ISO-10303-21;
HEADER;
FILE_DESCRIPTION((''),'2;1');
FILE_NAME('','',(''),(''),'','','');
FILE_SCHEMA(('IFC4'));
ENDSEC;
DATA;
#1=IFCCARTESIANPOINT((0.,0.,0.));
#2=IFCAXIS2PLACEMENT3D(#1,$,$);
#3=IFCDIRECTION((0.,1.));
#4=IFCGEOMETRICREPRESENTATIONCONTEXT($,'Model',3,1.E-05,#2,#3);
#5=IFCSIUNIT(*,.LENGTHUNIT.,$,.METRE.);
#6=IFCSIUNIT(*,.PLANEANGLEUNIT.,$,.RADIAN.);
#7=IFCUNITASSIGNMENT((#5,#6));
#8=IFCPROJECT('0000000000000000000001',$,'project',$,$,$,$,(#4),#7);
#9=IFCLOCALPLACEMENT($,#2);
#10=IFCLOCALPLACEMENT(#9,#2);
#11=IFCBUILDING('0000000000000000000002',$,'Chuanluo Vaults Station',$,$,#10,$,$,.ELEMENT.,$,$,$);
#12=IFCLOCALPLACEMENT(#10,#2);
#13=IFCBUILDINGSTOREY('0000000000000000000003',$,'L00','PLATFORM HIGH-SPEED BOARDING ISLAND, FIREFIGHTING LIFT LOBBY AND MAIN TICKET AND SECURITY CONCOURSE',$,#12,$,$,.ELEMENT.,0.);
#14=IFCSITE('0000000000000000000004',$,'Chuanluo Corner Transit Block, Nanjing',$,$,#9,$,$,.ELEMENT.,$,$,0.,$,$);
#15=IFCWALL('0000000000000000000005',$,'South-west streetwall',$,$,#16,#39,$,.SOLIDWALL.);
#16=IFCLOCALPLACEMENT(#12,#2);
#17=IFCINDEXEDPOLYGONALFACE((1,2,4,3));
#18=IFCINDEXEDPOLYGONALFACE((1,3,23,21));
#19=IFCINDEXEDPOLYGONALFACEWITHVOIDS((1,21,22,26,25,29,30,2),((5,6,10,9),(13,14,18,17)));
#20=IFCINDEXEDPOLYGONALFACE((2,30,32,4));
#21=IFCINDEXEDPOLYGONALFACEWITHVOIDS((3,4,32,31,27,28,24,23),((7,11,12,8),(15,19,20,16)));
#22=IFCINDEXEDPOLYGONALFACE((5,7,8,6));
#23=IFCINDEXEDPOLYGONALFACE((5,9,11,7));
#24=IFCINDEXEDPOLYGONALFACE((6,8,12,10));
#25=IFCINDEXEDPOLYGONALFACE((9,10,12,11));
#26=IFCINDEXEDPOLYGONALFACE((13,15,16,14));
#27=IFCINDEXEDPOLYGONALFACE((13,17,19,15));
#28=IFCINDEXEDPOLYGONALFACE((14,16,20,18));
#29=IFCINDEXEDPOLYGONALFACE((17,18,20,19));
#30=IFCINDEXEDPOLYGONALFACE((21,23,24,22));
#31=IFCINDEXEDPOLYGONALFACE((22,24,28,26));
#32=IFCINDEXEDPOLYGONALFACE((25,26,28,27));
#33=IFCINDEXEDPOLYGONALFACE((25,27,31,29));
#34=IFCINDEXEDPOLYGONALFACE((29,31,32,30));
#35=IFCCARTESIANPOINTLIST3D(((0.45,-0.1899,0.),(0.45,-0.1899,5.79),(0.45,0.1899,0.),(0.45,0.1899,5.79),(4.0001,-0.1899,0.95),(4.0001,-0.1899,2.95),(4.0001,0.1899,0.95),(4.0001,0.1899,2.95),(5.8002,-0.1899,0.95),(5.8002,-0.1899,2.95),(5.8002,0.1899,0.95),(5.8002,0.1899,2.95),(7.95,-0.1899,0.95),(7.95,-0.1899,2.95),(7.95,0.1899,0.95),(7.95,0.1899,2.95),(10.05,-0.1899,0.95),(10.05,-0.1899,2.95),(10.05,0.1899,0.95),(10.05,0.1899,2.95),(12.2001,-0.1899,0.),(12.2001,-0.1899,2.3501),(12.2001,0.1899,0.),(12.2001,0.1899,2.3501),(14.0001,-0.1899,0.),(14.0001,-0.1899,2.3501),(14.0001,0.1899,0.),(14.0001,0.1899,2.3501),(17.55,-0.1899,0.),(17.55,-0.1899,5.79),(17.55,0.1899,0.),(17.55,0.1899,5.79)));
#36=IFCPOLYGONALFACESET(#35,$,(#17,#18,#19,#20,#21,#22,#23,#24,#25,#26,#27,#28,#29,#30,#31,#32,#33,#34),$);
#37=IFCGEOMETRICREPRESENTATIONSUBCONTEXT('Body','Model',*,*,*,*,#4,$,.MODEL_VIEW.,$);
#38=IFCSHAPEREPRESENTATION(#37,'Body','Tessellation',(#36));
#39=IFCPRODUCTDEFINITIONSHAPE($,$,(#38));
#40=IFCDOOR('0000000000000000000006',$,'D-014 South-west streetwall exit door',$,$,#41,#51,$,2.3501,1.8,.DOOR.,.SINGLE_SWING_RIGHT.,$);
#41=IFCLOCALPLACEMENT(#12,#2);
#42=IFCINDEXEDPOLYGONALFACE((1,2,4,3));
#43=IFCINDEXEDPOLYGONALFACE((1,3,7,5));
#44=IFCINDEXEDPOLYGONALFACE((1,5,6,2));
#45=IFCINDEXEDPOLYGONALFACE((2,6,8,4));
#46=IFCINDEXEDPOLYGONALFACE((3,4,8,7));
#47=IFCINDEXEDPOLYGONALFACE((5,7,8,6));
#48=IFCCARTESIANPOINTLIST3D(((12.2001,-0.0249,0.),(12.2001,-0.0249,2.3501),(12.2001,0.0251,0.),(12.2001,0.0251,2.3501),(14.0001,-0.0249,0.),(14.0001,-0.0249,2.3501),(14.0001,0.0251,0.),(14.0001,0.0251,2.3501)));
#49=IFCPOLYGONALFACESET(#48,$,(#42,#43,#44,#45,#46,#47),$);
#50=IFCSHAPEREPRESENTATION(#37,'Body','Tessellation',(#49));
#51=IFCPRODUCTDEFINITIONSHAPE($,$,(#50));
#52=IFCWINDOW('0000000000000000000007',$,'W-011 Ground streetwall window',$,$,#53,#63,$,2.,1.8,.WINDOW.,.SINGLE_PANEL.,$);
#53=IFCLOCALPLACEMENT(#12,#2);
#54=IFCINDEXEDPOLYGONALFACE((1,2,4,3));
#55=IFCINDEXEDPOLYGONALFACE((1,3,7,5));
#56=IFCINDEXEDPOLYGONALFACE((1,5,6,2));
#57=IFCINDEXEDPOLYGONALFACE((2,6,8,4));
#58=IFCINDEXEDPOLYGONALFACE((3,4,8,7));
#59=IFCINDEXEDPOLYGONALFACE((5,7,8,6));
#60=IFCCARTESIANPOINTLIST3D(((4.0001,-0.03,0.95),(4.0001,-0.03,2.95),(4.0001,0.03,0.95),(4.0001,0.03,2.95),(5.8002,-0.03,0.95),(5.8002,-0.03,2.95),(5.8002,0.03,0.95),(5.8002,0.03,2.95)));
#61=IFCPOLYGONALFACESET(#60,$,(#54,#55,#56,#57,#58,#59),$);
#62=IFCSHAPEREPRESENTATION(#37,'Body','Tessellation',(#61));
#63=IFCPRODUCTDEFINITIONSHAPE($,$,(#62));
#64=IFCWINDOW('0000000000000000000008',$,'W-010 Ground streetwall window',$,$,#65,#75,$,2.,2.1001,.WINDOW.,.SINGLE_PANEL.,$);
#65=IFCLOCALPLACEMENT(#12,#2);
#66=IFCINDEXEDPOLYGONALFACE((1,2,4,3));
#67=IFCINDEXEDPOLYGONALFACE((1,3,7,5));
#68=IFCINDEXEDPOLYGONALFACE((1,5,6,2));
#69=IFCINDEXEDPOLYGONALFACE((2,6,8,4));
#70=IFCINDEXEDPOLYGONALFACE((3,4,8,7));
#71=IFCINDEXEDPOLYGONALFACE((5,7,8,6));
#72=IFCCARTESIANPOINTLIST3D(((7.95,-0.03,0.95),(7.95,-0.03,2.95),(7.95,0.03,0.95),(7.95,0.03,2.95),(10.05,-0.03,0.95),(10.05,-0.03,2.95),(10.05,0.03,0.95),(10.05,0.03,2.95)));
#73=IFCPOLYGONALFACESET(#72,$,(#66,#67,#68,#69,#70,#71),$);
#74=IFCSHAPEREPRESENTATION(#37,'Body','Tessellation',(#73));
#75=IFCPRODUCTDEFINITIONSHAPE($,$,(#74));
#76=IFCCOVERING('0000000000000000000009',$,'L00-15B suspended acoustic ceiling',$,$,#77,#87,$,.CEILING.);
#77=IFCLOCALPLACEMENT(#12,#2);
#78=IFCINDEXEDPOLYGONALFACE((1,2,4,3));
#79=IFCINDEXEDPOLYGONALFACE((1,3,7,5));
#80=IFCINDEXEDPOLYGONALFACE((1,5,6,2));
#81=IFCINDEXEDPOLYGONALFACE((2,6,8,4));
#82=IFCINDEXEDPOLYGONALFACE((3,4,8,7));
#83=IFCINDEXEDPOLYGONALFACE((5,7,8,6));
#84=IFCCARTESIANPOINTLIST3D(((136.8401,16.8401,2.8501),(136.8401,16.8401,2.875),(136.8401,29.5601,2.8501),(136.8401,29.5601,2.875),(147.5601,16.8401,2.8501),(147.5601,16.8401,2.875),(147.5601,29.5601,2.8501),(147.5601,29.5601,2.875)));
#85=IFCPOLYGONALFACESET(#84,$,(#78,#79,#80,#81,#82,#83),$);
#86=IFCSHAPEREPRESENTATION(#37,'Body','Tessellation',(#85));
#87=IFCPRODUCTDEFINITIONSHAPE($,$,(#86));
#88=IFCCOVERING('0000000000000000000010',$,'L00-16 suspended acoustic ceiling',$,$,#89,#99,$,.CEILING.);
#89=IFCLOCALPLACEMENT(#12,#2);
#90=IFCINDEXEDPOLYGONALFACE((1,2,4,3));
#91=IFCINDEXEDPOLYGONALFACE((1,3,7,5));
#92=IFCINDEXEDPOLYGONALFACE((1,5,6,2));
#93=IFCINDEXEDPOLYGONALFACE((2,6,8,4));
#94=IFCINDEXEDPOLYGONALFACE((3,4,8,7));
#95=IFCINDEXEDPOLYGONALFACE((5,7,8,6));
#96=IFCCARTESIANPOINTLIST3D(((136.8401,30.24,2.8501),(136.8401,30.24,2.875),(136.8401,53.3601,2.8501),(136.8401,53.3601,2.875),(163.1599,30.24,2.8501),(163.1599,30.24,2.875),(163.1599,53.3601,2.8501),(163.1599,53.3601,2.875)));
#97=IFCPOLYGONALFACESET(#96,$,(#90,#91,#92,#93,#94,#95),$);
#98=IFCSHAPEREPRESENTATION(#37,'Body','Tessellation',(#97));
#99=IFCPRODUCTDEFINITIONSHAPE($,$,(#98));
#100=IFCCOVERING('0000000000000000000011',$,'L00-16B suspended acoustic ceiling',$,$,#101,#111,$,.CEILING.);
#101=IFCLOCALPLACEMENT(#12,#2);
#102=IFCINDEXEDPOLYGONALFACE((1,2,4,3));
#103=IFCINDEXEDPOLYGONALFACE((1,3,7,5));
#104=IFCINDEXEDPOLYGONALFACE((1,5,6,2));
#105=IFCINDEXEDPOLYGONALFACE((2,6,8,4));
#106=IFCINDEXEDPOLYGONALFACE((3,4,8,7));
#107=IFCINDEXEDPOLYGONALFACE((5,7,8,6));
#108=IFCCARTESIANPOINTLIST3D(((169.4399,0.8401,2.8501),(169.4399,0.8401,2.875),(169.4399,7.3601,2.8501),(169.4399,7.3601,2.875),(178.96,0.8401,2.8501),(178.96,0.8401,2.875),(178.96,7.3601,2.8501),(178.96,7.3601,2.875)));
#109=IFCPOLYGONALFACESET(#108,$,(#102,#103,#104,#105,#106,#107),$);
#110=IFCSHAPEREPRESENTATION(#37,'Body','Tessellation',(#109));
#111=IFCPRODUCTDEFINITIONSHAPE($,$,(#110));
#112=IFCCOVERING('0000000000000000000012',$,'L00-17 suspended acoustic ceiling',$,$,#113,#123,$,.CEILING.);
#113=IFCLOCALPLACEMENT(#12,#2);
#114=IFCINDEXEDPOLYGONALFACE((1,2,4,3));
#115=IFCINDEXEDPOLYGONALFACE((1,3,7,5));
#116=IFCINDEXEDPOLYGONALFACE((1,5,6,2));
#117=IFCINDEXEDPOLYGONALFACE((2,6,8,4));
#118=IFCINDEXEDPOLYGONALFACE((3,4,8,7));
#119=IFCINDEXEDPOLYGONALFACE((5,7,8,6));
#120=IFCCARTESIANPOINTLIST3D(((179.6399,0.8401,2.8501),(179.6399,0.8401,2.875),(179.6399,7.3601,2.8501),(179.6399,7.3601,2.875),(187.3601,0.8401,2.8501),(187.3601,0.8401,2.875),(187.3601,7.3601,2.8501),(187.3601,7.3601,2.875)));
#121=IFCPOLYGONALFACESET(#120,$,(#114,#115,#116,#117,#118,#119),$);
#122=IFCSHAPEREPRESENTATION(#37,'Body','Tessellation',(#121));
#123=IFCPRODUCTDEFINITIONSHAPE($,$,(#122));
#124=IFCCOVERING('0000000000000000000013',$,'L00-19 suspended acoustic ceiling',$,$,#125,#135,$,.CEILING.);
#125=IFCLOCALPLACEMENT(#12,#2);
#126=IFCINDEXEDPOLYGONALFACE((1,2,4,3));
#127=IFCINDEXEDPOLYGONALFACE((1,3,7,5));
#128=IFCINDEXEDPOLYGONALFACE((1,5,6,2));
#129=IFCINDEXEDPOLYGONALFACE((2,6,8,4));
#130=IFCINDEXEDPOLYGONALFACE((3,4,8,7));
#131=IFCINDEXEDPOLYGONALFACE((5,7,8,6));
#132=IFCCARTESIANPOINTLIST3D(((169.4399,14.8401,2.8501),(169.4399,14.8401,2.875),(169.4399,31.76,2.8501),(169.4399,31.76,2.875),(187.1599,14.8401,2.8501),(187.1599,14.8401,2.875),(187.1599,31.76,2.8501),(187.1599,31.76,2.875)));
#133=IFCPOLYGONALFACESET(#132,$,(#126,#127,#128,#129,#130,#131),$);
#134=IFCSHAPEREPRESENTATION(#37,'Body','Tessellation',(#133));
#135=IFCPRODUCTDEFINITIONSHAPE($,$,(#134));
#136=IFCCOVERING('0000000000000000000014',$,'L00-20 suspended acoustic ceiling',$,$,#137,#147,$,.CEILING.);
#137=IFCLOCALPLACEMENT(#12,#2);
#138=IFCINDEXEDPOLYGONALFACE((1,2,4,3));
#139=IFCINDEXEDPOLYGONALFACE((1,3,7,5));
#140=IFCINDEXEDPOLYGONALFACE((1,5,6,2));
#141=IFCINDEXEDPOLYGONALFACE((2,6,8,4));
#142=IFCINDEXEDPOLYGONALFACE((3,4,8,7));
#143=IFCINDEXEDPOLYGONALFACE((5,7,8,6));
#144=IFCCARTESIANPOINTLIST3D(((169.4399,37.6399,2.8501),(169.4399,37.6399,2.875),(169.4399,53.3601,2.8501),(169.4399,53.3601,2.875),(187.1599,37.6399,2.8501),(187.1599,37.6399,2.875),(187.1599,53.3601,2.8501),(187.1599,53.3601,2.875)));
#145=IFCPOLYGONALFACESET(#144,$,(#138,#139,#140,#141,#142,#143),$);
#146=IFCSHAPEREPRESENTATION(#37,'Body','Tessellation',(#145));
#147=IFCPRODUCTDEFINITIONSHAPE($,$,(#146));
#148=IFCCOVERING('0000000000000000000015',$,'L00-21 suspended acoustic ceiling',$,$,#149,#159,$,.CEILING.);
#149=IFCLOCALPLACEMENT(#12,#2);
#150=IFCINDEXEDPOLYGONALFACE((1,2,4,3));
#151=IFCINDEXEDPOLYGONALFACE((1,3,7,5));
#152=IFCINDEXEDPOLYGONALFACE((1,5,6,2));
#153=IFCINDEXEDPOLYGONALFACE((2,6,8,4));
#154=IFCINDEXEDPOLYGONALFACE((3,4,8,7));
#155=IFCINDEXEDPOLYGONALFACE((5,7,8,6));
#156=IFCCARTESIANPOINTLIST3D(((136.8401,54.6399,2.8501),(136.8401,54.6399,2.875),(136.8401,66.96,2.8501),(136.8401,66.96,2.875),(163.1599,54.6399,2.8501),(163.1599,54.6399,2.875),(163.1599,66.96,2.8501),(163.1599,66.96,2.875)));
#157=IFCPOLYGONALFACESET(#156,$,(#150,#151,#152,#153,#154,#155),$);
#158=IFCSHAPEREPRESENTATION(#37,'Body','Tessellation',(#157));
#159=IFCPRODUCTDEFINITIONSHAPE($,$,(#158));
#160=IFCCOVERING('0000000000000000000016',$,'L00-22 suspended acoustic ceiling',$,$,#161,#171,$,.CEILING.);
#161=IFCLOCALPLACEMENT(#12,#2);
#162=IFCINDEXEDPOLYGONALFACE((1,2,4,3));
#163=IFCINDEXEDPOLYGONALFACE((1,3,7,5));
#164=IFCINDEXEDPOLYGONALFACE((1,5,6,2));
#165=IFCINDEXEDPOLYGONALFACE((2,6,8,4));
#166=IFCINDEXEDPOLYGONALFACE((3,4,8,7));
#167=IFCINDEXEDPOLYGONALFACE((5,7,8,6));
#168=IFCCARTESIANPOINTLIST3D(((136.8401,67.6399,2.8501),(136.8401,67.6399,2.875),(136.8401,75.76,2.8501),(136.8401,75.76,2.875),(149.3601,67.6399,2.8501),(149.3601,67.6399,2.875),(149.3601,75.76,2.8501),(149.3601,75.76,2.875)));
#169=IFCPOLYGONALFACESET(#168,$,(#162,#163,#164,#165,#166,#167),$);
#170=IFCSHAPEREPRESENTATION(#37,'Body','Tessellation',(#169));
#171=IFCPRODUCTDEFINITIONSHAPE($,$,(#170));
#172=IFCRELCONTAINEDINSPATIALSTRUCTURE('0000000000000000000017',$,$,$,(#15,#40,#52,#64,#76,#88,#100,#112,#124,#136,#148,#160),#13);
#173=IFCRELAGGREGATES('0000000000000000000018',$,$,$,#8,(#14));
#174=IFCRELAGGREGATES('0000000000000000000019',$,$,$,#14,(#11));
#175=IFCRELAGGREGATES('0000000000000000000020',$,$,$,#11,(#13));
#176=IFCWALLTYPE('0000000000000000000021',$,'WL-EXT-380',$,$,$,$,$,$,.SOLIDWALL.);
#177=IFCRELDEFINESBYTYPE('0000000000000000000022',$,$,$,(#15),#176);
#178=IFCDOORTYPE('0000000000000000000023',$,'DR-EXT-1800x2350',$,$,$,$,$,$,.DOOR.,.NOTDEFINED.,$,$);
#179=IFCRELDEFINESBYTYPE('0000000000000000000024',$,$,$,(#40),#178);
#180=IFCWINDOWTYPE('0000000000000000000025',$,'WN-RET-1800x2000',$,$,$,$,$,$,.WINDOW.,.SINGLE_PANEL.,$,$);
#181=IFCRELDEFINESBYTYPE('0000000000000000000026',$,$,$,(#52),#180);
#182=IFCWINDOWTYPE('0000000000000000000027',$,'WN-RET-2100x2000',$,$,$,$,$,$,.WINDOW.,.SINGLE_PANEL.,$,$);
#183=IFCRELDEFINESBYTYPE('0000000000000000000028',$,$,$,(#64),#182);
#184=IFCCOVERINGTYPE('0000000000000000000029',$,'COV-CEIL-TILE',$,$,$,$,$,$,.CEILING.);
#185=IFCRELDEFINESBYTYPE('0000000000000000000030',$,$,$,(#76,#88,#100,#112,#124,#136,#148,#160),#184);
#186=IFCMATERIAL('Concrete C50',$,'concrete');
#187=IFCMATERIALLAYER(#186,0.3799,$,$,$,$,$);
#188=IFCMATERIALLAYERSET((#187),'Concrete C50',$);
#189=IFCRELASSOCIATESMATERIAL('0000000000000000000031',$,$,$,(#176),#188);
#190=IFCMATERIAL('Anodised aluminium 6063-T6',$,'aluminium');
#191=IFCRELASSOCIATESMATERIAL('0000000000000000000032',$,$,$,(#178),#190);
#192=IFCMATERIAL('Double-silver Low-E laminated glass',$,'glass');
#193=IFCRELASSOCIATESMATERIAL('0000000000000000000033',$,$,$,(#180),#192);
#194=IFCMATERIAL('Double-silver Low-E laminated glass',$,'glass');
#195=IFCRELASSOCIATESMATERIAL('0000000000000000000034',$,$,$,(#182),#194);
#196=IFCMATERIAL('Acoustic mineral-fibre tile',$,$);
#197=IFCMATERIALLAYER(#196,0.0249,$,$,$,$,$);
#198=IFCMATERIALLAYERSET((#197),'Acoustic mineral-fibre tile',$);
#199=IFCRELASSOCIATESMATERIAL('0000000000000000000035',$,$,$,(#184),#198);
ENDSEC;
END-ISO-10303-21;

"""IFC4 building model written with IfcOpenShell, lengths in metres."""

from ifc_helpers import new_model, si_unit, direction, frame, frame_2d, origin, place, context, subcontext, project, spatial, polyline, rectangle, outline, extrude, material, layer, layer_set, type_object, element, fill, save


model = new_model("IFC4")

# Units and contexts
model_context = context("Model", 3, precision=1e-05, world=origin(), true_north=direction((0.0, 1.0)))
body_context = subcontext(model_context, "Body", "Model", "MODEL_VIEW")
ifc_project = project(units=[si_unit("LENGTHUNIT", "METRE"), si_unit("PLANEANGLEUNIT", "RADIAN")], contexts=[model_context])

# Site, building, storey
site_placement = place(None, origin())
site = spatial("IfcSite", under=ifc_project, at=site_placement, Name="Chuanluo Corner Transit Block, Nanjing", CompositionType="ELEMENT", RefElevation=0.0)
building_placement = place(site_placement, origin())
building = spatial("IfcBuilding", under=site, at=building_placement, Name="Chuanluo Vaults Station", CompositionType="ELEMENT")
storey_placement = place(building_placement, origin())
storey = spatial("IfcBuildingStorey", under=building, at=storey_placement, Name="L00", Description="PLATFORM HIGH-SPEED BOARDING ISLAND, FIREFIGHTING LIFT LOBBY AND MAIN TICKET AND SECURITY CONCOURSE", CompositionType="ELEMENT", Elevation=0.0)

# Wall, openings, door, windows
ifc_material_1 = material(Name="Concrete C50", Category="concrete")
ifc_layer_1 = layer(ifc_material_1, 0.3799)
ifc_layer_set_1 = layer_set([ifc_layer_1], Name="Concrete C50")
wall_type = type_object("IfcWallType", Name="WL-EXT-380", PredefinedType="SOLIDWALL", material=ifc_layer_set_1)
wall_placement = place(storey_placement, frame((17.55, 0.0, 0.0), z_axis=(0.0, 0.0, 1.0), x_axis=(-1.0, 0.0, 0.0)))
wall = element("IfcWall", 1, at=wall_placement, inside=storey, type_object=wall_type, Name="South-west streetwall", PredefinedType="SOLIDWALL", context=body_context, shape_type="SweptSolid", body=[
    extrude(rectangle(XDim=17.1001, YDim=0.3799, at=frame_2d((8.55, 0.0))), origin(), (0.0, 0.0, 1.0), 5.79),
])
opening_1_placement = place(wall_placement, frame((3.55, 0.0, 0.0)))
opening_1 = element("IfcOpeningElement", 2, at=opening_1_placement, cuts=wall, PredefinedType="OPENING", context=body_context, shape_type="SweptSolid", body=[
    extrude(rectangle(XDim=1.8, YDim=2.3501, at=frame_2d((0.8999, 1.175))), frame((0.0, 0.1999, 0.0), z_axis=(0.0, -1.0, 0.0), x_axis=(1.0, 0.0, 0.0)), (0.0, 0.0, 1.0), 0.3999),
])
opening_2_placement = place(wall_placement, frame((7.5, 0.0, 0.95)))
opening_2 = element("IfcOpeningElement", 3, at=opening_2_placement, cuts=wall, PredefinedType="OPENING", context=body_context, shape_type="SweptSolid", body=[
    extrude(rectangle(XDim=2.1001, YDim=2.0, at=frame_2d((1.05, 1.0))), frame((0.0, 0.1999, 0.0), z_axis=(0.0, -1.0, 0.0), x_axis=(1.0, 0.0, 0.0)), (0.0, 0.0, 1.0), 0.3999),
])
opening_3_placement = place(wall_placement, frame((11.75, 0.0, 0.95)))
opening_3 = element("IfcOpeningElement", 4, at=opening_3_placement, cuts=wall, PredefinedType="OPENING", context=body_context, shape_type="SweptSolid", body=[
    extrude(rectangle(XDim=1.8, YDim=2.0, at=frame_2d((0.8999, 1.0))), frame((0.0, 0.1999, 0.0), z_axis=(0.0, -1.0, 0.0), x_axis=(1.0, 0.0, 0.0)), (0.0, 0.0, 1.0), 0.3999),
])
ifc_material_2 = material(Name="Anodised aluminium 6063-T6", Category="aluminium")
door_type = type_object("IfcDoorType", Name="DR-EXT-1800x2350", OperationType="NOTDEFINED", PredefinedType="DOOR", material=ifc_material_2)
door_placement = place(opening_1_placement, origin())
door = element("IfcDoor", 5, at=door_placement, inside=storey, type_object=door_type, Name="D-014 South-west streetwall exit door", OperationType="SINGLE_SWING_RIGHT", OverallHeight=2.3501, OverallWidth=1.8, PredefinedType="DOOR", context=body_context, shape_type="SweptSolid", body=[
    extrude(rectangle(XDim=1.8, YDim=2.3501, at=frame_2d((0.8999, 1.175))), frame((0.0, 0.0249, 0.0), z_axis=(0.0, -1.0, 0.0), x_axis=(1.0, 0.0, 0.0)), (0.0, 0.0, 1.0), 0.05),
])
fill(opening_1, door)
ifc_material_3 = material(Name="Double-silver Low-E laminated glass", Category="glass")
window_type_1 = type_object("IfcWindowType", Name="WN-RET-1800x2000", PartitioningType="SINGLE_PANEL", PredefinedType="WINDOW", material=ifc_material_3)
window_1_placement = place(opening_3_placement, origin())
window_1 = element("IfcWindow", 6, at=window_1_placement, inside=storey, type_object=window_type_1, Name="W-011 Ground streetwall window", OverallHeight=2.0, OverallWidth=1.8, PartitioningType="SINGLE_PANEL", PredefinedType="WINDOW", context=body_context, shape_type="SweptSolid", body=[
    extrude(rectangle(XDim=1.8, YDim=2.0, at=frame_2d((0.8999, 1.0))), frame((0.0, 0.03, 0.0), z_axis=(0.0, -1.0, 0.0), x_axis=(1.0, 0.0, 0.0)), (0.0, 0.0, 1.0), 0.0601),
])
fill(opening_3, window_1)
ifc_material_4 = material(Name="Double-silver Low-E laminated glass", Category="glass")
window_type_2 = type_object("IfcWindowType", Name="WN-RET-2100x2000", PartitioningType="SINGLE_PANEL", PredefinedType="WINDOW", material=ifc_material_4)
window_2_placement = place(opening_2_placement, origin())
window_2 = element("IfcWindow", 7, at=window_2_placement, inside=storey, type_object=window_type_2, Name="W-010 Ground streetwall window", OverallHeight=2.0, OverallWidth=2.1001, PartitioningType="SINGLE_PANEL", PredefinedType="WINDOW", context=body_context, shape_type="SweptSolid", body=[
    extrude(rectangle(XDim=2.1001, YDim=2.0, at=frame_2d((1.05, 1.0))), frame((0.0, 0.03, 0.0), z_axis=(0.0, -1.0, 0.0), x_axis=(1.0, 0.0, 0.0)), (0.0, 0.0, 1.0), 0.0601),
])
fill(opening_2, window_2)

# Coverings
ifc_material_5 = material(Name="Acoustic mineral-fibre tile")
ifc_layer_2 = layer(ifc_material_5, 0.0249)
ifc_layer_set_2 = layer_set([ifc_layer_2], Name="Acoustic mineral-fibre tile")
covering_type_1 = type_object("IfcCoveringType", Name="COV-CEIL-TILE", PredefinedType="CEILING", material=ifc_layer_set_2)
covering_1_placement = place(storey_placement, frame((0.0, 0.0, 2.8501)))
element("IfcCovering", 8, at=covering_1_placement, inside=storey, type_object=covering_type_1, Name="L00-15B suspended acoustic ceiling", PredefinedType="CEILING", context=body_context, shape_type="SweptSolid", body=[
    extrude(outline(polyline([(136.8401, 16.8401), (147.5601, 16.8401), (147.5601, 29.5601), (136.8401, 29.5601), (136.8401, 16.8401)])), origin(), (0.0, 0.0, 1.0), 0.0249),
])
covering_2_placement = place(storey_placement, frame((0.0, 0.0, 2.8501)))
element("IfcCovering", 9, at=covering_2_placement, inside=storey, type_object=covering_type_1, Name="L00-16 suspended acoustic ceiling", PredefinedType="CEILING", context=body_context, shape_type="SweptSolid", body=[
    extrude(outline(polyline([(136.8401, 30.24), (163.1599, 30.24), (163.1599, 53.3601), (136.8401, 53.3601), (136.8401, 30.24)])), origin(), (0.0, 0.0, 1.0), 0.0249),
])
covering_3_placement = place(storey_placement, frame((0.0, 0.0, 2.8501)))
element("IfcCovering", 10, at=covering_3_placement, inside=storey, type_object=covering_type_1, Name="L00-16B suspended acoustic ceiling", PredefinedType="CEILING", context=body_context, shape_type="SweptSolid", body=[
    extrude(outline(polyline([(169.4399, 0.8401), (178.96, 0.8401), (178.96, 7.3601), (169.4399, 7.3601), (169.4399, 0.8401)])), origin(), (0.0, 0.0, 1.0), 0.0249),
])
covering_4_placement = place(storey_placement, frame((0.0, 0.0, 2.8501)))
element("IfcCovering", 11, at=covering_4_placement, inside=storey, type_object=covering_type_1, Name="L00-17 suspended acoustic ceiling", PredefinedType="CEILING", context=body_context, shape_type="SweptSolid", body=[
    extrude(outline(polyline([(179.6399, 0.8401), (187.3601, 0.8401), (187.3601, 7.3601), (179.6399, 7.3601), (179.6399, 0.8401)])), origin(), (0.0, 0.0, 1.0), 0.0249),
])
covering_5_placement = place(storey_placement, frame((0.0, 0.0, 2.8501)))
element("IfcCovering", 12, at=covering_5_placement, inside=storey, type_object=covering_type_1, Name="L00-19 suspended acoustic ceiling", PredefinedType="CEILING", context=body_context, shape_type="SweptSolid", body=[
    extrude(outline(polyline([(169.4399, 14.8401), (187.1599, 14.8401), (187.1599, 31.76), (169.4399, 31.76), (169.4399, 14.8401)])), origin(), (0.0, 0.0, 1.0), 0.0249),
])
covering_6_placement = place(storey_placement, frame((0.0, 0.0, 2.8501)))
element("IfcCovering", 13, at=covering_6_placement, inside=storey, type_object=covering_type_1, Name="L00-20 suspended acoustic ceiling", PredefinedType="CEILING", context=body_context, shape_type="SweptSolid", body=[
    extrude(outline(polyline([(169.4399, 37.6399), (187.1599, 37.6399), (187.1599, 53.3601), (169.4399, 53.3601), (169.4399, 37.6399)])), origin(), (0.0, 0.0, 1.0), 0.0249),
])
covering_7_placement = place(storey_placement, frame((0.0, 0.0, 2.8501)))
element("IfcCovering", 14, at=covering_7_placement, inside=storey, type_object=covering_type_1, Name="L00-21 suspended acoustic ceiling", PredefinedType="CEILING", context=body_context, shape_type="SweptSolid", body=[
    extrude(outline(polyline([(136.8401, 54.6399), (163.1599, 54.6399), (163.1599, 66.96), (136.8401, 66.96), (136.8401, 54.6399)])), origin(), (0.0, 0.0, 1.0), 0.0249),
])
covering_8_placement = place(storey_placement, frame((0.0, 0.0, 2.8501)))
element("IfcCovering", 15, at=covering_8_placement, inside=storey, type_object=covering_type_1, Name="L00-22 suspended acoustic ceiling", PredefinedType="CEILING", context=body_context, shape_type="SweptSolid", body=[
    extrude(outline(polyline([(136.8401, 67.6399), (149.3601, 67.6399), (149.3601, 75.76), (136.8401, 75.76), (136.8401, 67.6399)])), origin(), (0.0, 0.0, 1.0), 0.0249),
])

save(model, "model.ifc")
